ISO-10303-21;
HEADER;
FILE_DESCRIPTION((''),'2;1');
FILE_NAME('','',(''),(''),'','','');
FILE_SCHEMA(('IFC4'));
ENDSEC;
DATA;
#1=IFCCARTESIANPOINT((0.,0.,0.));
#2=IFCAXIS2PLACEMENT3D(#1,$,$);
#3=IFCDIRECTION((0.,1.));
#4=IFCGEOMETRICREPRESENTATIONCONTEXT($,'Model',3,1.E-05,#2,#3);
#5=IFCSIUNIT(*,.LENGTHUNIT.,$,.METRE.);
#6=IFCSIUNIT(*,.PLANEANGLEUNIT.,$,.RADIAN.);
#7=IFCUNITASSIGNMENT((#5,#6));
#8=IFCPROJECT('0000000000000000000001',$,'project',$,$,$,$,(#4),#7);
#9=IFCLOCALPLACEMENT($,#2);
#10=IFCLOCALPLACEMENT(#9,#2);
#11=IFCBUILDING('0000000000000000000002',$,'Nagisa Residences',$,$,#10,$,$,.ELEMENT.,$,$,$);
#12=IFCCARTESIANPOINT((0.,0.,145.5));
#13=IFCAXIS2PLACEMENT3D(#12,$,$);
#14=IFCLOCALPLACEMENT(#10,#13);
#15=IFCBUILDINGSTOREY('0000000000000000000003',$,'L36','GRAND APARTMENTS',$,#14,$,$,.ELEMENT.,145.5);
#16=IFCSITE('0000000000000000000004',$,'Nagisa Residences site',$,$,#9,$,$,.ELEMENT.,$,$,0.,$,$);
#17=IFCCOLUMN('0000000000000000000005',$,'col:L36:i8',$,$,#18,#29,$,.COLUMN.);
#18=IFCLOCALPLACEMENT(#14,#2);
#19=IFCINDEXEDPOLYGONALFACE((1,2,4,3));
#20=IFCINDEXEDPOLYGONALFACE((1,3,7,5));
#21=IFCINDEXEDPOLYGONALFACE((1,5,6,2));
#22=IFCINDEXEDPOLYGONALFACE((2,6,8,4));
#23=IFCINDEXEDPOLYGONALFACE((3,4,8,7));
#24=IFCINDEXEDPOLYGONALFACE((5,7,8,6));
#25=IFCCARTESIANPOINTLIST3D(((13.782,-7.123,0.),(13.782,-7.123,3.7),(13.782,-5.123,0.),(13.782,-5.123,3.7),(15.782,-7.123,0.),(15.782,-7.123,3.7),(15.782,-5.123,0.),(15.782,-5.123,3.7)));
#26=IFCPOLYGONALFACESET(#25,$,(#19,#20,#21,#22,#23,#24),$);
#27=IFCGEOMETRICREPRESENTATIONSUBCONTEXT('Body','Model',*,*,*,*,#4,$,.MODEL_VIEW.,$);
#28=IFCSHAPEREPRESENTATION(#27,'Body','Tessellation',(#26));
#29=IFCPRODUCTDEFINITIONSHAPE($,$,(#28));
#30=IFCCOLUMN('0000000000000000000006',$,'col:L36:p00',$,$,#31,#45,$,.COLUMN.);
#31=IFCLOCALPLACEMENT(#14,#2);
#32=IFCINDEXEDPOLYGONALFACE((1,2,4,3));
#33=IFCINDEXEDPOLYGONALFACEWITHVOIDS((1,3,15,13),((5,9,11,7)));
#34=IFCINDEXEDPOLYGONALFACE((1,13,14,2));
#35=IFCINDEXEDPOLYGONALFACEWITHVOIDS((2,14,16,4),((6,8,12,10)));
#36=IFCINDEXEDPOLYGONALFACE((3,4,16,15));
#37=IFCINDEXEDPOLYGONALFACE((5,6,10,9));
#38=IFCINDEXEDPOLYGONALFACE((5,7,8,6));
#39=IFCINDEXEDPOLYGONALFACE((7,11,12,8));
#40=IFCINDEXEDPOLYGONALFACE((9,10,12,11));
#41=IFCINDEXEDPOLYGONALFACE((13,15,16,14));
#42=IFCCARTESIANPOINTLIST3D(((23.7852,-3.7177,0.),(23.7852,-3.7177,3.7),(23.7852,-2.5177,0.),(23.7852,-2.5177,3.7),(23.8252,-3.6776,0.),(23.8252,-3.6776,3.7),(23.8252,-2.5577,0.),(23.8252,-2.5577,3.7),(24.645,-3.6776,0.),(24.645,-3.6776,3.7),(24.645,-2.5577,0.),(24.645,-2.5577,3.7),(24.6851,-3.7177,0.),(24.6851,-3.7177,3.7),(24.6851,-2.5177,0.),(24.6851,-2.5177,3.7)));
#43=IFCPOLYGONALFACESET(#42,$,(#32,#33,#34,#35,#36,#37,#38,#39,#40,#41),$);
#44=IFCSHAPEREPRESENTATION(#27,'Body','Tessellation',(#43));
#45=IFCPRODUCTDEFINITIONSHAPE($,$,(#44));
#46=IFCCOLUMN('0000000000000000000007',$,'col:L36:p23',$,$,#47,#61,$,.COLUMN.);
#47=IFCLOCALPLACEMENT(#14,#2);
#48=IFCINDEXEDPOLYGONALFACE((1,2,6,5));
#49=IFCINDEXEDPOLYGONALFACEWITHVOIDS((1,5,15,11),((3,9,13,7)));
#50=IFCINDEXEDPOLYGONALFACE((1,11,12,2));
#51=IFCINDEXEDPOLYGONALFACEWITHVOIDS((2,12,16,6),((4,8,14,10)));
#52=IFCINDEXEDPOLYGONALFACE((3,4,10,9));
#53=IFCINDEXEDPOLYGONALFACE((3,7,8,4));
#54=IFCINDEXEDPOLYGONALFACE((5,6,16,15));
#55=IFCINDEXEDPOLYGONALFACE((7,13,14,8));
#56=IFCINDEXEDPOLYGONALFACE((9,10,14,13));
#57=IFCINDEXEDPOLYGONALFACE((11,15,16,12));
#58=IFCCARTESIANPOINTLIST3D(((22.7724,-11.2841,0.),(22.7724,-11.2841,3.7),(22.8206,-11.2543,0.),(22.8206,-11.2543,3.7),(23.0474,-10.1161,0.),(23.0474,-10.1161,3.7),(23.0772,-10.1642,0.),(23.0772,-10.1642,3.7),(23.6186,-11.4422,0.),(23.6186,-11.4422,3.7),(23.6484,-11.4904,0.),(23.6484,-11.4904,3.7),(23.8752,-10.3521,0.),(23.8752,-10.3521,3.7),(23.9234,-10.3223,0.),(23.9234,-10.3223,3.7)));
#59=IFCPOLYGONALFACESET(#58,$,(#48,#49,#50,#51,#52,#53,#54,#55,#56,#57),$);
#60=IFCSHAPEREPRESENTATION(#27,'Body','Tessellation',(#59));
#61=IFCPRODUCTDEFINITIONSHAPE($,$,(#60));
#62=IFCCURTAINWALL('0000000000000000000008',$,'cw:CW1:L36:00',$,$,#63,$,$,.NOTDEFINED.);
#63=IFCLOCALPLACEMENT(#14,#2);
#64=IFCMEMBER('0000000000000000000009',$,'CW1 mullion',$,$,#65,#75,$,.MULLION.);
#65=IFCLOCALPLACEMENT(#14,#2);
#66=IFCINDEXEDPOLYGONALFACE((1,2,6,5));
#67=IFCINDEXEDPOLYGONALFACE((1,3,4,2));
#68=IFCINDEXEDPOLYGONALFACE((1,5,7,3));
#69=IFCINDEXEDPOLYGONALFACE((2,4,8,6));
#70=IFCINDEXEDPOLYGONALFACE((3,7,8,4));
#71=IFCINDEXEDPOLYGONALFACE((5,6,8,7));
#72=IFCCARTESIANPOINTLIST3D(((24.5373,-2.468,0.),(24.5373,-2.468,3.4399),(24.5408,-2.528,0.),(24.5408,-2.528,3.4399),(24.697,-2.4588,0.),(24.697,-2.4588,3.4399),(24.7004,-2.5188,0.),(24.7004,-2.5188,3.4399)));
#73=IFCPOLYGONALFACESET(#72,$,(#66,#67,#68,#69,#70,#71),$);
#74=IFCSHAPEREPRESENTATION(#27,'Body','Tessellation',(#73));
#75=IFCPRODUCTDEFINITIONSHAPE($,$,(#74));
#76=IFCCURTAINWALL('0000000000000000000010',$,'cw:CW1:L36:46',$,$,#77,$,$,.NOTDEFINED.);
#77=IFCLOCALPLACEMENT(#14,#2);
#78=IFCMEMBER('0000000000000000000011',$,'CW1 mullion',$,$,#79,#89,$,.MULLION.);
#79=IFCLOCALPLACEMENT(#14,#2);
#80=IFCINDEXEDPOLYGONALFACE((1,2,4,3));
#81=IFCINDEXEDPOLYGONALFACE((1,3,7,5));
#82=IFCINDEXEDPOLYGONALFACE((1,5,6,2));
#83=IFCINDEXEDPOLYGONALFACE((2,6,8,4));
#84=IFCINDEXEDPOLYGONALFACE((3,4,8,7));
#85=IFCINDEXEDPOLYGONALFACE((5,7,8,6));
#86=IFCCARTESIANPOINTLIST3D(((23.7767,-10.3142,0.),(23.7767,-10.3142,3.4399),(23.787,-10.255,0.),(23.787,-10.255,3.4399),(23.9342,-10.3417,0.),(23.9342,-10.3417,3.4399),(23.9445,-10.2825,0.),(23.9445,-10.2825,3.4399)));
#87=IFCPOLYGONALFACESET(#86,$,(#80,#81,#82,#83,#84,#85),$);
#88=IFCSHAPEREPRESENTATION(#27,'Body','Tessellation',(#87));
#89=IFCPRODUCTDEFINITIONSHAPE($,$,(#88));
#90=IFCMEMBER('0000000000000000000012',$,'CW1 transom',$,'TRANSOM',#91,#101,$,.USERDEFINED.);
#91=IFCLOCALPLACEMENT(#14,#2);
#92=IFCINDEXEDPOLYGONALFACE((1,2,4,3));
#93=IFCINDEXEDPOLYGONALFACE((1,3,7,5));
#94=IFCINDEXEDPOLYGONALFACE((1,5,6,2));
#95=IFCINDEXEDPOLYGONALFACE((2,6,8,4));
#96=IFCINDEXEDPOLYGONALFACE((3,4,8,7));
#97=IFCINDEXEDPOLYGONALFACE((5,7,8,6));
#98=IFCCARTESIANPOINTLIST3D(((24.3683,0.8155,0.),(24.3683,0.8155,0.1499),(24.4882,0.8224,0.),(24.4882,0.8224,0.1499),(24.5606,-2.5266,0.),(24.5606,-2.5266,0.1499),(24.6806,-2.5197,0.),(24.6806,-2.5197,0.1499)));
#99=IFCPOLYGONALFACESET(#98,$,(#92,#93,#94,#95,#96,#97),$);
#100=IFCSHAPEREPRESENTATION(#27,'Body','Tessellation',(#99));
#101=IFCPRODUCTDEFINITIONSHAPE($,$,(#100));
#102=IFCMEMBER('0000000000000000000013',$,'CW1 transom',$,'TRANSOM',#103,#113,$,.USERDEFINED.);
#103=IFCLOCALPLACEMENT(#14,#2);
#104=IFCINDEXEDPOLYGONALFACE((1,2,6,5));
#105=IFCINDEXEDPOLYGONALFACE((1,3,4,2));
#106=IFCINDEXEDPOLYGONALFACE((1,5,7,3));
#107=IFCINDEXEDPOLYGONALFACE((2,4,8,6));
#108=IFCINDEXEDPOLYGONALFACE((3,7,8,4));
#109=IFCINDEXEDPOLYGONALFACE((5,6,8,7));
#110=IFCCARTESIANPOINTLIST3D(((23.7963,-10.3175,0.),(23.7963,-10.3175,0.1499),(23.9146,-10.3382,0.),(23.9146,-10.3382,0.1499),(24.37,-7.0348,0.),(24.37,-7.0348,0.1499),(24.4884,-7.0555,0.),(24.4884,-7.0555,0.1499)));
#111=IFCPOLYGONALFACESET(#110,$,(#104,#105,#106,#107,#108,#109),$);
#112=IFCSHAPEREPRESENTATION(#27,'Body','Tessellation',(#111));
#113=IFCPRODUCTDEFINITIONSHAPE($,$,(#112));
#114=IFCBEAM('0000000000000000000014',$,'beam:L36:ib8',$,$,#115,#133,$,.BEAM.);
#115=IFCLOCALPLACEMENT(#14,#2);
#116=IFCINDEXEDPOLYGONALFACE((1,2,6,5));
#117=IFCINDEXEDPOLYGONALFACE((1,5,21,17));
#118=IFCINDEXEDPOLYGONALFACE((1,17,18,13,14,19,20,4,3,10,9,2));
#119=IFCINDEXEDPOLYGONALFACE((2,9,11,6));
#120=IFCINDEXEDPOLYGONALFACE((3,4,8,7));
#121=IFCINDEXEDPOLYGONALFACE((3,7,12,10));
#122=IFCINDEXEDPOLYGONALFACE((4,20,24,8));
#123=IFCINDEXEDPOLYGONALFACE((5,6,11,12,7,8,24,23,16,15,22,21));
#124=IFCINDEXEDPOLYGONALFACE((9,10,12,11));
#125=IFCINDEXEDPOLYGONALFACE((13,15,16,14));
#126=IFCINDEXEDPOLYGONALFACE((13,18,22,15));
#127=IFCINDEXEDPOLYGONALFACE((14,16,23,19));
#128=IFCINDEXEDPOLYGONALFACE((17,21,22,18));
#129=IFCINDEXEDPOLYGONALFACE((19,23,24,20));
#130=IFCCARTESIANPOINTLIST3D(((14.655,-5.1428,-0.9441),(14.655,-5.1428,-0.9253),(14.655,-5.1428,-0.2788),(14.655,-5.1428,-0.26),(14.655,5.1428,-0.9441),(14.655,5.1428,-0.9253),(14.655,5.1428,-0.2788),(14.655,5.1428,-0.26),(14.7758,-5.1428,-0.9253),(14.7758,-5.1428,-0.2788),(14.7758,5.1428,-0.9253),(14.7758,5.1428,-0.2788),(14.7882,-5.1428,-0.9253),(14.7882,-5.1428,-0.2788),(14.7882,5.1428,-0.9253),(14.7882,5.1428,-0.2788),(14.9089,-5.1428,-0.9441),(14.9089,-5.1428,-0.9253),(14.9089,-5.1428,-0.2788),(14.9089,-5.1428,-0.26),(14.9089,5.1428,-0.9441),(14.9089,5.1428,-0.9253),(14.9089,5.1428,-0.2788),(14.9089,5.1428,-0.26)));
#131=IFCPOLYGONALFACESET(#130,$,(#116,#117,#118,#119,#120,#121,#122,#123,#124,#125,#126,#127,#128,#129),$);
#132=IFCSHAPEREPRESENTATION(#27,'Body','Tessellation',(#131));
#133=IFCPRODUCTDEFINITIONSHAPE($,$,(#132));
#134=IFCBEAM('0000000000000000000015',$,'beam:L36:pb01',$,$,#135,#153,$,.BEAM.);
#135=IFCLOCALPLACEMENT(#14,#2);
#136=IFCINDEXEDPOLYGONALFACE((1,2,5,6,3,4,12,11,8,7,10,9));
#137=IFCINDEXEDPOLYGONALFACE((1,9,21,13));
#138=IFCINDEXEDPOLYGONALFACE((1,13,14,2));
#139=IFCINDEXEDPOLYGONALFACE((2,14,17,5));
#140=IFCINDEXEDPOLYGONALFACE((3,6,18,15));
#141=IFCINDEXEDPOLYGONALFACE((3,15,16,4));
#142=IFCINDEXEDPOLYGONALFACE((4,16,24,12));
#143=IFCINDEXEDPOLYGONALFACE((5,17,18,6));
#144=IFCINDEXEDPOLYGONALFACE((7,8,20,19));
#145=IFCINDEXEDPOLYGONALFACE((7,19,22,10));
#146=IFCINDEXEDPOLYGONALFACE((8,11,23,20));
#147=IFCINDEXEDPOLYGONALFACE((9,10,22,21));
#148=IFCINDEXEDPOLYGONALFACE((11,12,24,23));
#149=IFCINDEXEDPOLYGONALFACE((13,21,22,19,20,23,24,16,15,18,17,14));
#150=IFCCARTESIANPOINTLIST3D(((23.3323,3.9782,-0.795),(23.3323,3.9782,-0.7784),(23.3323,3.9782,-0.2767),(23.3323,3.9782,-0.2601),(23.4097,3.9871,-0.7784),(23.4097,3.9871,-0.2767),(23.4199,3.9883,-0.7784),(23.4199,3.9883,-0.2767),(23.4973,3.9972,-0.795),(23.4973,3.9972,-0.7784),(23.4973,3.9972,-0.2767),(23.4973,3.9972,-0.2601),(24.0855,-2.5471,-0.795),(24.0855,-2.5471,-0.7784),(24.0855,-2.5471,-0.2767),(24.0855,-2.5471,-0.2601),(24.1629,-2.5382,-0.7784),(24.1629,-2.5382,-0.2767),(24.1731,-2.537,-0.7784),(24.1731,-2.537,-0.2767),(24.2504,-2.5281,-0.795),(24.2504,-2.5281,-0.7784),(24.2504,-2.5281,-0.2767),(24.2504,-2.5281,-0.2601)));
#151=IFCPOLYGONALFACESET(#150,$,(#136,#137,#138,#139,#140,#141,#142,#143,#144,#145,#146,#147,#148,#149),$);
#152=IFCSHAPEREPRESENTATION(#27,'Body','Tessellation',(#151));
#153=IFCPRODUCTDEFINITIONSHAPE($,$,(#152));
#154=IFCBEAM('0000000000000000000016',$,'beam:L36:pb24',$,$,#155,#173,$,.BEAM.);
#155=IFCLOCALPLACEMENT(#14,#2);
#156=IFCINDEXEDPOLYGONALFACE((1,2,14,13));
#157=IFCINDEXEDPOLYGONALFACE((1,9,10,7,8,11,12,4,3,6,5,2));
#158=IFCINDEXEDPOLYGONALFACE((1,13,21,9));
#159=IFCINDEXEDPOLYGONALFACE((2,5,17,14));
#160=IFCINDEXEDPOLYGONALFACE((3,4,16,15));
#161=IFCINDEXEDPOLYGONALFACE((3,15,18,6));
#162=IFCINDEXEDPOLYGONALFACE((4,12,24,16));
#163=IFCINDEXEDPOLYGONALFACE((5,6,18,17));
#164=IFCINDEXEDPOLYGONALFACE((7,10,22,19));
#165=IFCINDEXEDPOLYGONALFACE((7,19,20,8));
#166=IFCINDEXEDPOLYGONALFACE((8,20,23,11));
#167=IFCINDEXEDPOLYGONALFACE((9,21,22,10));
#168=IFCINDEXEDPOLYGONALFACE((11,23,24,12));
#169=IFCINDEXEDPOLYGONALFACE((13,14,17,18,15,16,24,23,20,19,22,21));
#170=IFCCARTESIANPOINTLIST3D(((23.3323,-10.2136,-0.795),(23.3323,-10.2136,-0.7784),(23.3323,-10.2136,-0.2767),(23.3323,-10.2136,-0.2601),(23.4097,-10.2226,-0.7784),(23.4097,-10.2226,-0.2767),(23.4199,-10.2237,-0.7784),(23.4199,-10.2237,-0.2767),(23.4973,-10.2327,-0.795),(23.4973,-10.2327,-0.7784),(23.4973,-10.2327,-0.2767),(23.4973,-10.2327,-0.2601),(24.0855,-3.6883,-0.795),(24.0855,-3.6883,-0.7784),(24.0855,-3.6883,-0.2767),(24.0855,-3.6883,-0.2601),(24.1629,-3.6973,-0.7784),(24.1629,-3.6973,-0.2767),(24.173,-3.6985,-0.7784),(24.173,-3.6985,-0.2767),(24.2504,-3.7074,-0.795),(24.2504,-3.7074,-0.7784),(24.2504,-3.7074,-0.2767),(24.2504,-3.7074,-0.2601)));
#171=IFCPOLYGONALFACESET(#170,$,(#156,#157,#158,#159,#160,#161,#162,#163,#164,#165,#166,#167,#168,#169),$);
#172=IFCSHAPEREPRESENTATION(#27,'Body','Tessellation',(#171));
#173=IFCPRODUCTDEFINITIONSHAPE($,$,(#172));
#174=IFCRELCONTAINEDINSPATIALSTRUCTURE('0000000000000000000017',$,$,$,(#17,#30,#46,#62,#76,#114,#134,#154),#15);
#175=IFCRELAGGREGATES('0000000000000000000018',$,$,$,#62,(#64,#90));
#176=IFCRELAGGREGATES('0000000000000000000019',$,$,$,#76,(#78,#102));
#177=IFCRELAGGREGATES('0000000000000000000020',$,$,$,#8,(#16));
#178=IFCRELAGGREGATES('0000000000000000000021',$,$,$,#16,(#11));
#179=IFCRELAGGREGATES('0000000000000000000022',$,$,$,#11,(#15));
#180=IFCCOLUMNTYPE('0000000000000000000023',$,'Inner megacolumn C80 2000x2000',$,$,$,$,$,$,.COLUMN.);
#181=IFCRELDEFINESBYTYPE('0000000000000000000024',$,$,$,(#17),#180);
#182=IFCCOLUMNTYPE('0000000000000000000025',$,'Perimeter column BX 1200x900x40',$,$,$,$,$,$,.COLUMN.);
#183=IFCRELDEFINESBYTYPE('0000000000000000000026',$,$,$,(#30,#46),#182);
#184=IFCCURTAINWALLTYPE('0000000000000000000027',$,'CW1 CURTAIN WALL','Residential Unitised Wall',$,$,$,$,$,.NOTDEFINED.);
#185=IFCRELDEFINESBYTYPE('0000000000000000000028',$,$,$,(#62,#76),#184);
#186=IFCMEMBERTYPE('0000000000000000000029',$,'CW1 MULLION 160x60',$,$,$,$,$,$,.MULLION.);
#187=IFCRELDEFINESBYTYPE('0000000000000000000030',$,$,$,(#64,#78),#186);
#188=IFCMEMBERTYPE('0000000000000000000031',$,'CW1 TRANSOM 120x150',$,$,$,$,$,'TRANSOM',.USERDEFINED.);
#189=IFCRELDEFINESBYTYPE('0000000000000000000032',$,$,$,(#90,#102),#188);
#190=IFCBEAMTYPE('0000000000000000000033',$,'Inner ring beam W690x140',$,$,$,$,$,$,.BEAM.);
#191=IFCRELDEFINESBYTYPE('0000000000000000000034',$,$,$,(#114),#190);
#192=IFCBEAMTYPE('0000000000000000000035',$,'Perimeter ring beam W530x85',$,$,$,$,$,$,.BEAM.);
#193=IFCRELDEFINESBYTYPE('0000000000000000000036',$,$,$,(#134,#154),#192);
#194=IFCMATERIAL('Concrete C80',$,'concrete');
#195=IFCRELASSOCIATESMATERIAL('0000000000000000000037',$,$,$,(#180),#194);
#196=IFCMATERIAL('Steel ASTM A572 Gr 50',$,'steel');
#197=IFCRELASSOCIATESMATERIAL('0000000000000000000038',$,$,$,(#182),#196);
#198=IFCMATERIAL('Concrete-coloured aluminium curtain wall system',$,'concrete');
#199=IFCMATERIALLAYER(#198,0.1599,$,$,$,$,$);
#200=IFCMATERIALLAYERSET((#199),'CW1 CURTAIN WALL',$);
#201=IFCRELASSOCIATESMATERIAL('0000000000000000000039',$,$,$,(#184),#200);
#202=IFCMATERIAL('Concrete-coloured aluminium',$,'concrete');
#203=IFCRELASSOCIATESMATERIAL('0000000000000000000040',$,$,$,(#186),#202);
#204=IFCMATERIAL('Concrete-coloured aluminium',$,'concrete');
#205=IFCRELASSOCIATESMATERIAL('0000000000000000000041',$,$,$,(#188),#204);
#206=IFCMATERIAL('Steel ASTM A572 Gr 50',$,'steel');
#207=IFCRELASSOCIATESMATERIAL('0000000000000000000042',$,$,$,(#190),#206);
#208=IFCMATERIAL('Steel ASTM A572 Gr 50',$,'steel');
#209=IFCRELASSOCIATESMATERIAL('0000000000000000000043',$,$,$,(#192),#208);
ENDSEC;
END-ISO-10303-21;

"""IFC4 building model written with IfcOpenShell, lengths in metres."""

from ifc_helpers import new_model, si_unit, direction, frame, origin, origin_2d, place, context, subcontext, project, spatial, rectangle, hollow_rectangle, i_section, extrude, material, layer, layer_set, material_profile, profile_set, type_object, element, aggregate, save


model = new_model("IFC4")

# Units and contexts
model_context = context("Model", 3, precision=1e-05, world=origin(), true_north=direction((0.0, 1.0)))
body_context = subcontext(model_context, "Body", "Model", "MODEL_VIEW")
ifc_project = project(units=[si_unit("LENGTHUNIT", "METRE"), si_unit("PLANEANGLEUNIT", "RADIAN")], contexts=[model_context])

# Site, building, storey
site_placement = place(None, origin())
site = spatial("IfcSite", under=ifc_project, at=site_placement, Name="Nagisa Residences site", CompositionType="ELEMENT", RefElevation=0.0)
building_placement = place(site_placement, origin())
building = spatial("IfcBuilding", under=site, at=building_placement, Name="Nagisa Residences", CompositionType="ELEMENT")
storey_placement = place(building_placement, frame((0.0, 0.0, 145.5)))
storey = spatial("IfcBuildingStorey", under=building, at=storey_placement, Name="L36", Description="GRAND APARTMENTS", CompositionType="ELEMENT", Elevation=145.5)

# Columns
ifc_material_1 = material(Name="Concrete C80", Category="concrete")
ifc_material_profile_1 = material_profile(ifc_material_1, rectangle(XDim=2.0, YDim=2.0, at=origin_2d()), Name="C80 2000x2000")
ifc_profile_set_1 = profile_set([ifc_material_profile_1], Name="Concrete C80")
column_type_1 = type_object("IfcColumnType", Name="Inner megacolumn C80 2000x2000", PredefinedType="COLUMN", material=ifc_profile_set_1)
column_placement = place(storey_placement, frame((14.782, -6.123, 0.0), z_axis=(0.0, 0.0, 1.0), x_axis=(1.0, 0.0, 0.0)))
element("IfcColumn", 1, at=column_placement, inside=storey, type_object=column_type_1, Name="col:L36:i8", PredefinedType="COLUMN", context=body_context, shape_type="SweptSolid", body=[
    extrude(rectangle(XDim=2.0, YDim=2.0, at=origin_2d()), origin(), (0.0, 0.0, 1.0), 3.7),
])
ifc_material_2 = material(Name="Steel ASTM A572 Gr 50", Category="steel")
ifc_material_profile_2 = material_profile(ifc_material_2, hollow_rectangle(XDim=1.2, YDim=0.8999, WallThickness=0.04, at=origin_2d()), Name="BX 1200x900x40")
ifc_profile_set_2 = profile_set([ifc_material_profile_2], Name="Steel ASTM A572 Gr 50")
column_type_2 = type_object("IfcColumnType", Name="Perimeter column BX 1200x900x40", PredefinedType="COLUMN", material=ifc_profile_set_2)
for number, where, z_axis, x_axis, name in (
    (2, (24.2351, -3.1177, 0.0), (0.0, 0.0, 1.0), (0.0, 1.0, 0.0), "col:L36:p00"),
    (3, (23.3479, -10.8032, 0.0), (0.0, 0.0, 1.0), (0.229202, 0.973379, 0.0), "col:L36:p23"),
):
    element("IfcColumn", number, at=place(storey_placement, frame(where, z_axis=z_axis, x_axis=x_axis)), inside=storey, type_object=column_type_2, Name=name, PredefinedType="COLUMN", context=body_context, shape_type="SweptSolid", body=[
        extrude(hollow_rectangle(XDim=1.2, YDim=0.8999, WallThickness=0.04, at=origin_2d()), origin(), (0.0, 0.0, 1.0), 3.7),
    ])

# Curtain walls, members
ifc_material_3 = material(Name="Concrete-coloured aluminium curtain wall system", Category="concrete")
ifc_layer_1 = layer(ifc_material_3, 0.1599)
ifc_layer_set_1 = layer_set([ifc_layer_1], Name="CW1 CURTAIN WALL")
curtain_wall_type = type_object("IfcCurtainWallType", Name="CW1 CURTAIN WALL", Description="Residential Unitised Wall", PredefinedType="NOTDEFINED", material=ifc_layer_set_1)
curtain_wall_1_placement = place(storey_placement, origin())
curtain_wall_1 = element("IfcCurtainWall", 4, at=curtain_wall_1_placement, inside=storey, type_object=curtain_wall_type, Name="cw:CW1:L36:00", PredefinedType="NOTDEFINED")
ifc_material_4 = material(Name="Concrete-coloured aluminium", Category="concrete")
ifc_material_profile_3 = material_profile(ifc_material_4, rectangle(XDim=0.1599, YDim=0.0601, at=origin_2d()), Name="CW1 MULLION 160x60")
ifc_profile_set_3 = profile_set([ifc_material_profile_3], Name="Concrete-coloured aluminium")
member_type_1 = type_object("IfcMemberType", Name="CW1 MULLION 160x60", PredefinedType="MULLION", material=ifc_profile_set_3)
member_1_placement = place(storey_placement, frame((24.6189, -2.4934, 0.0), z_axis=(0.0, 0.0, 1.0), x_axis=(-0.998345, -0.057503, 0.0)))
member_1 = element("IfcMember", 5, at=member_1_placement, type_object=member_type_1, Name="CW1 mullion", PredefinedType="MULLION", context=body_context, shape_type="SweptSolid", body=[
    extrude(rectangle(XDim=0.1599, YDim=0.0601, at=origin_2d()), origin(), (0.0, 0.0, 1.0), 3.4399),
])
curtain_wall_2_placement = place(storey_placement, origin())
curtain_wall_2 = element("IfcCurtainWall", 6, at=curtain_wall_2_placement, inside=storey, type_object=curtain_wall_type, Name="cw:CW1:L36:46", PredefinedType="NOTDEFINED")
member_2_placement = place(storey_placement, frame((23.8606, -10.2983, 0.0), z_axis=(0.0, 0.0, 1.0), x_axis=(-0.985064, 0.172191, 0.0)))
member_2 = element("IfcMember", 7, at=member_2_placement, type_object=member_type_1, Name="CW1 mullion", PredefinedType="MULLION", context=body_context, shape_type="SweptSolid", body=[
    extrude(rectangle(XDim=0.1599, YDim=0.0601, at=origin_2d()), origin(), (0.0, 0.0, 1.0), 3.4399),
])

# Members
ifc_material_5 = material(Name="Concrete-coloured aluminium", Category="concrete")
ifc_material_profile_4 = material_profile(ifc_material_5, rectangle(XDim=0.1201, YDim=0.1499, at=origin_2d()), Name="CW1 TRANSOM 120x150")
ifc_profile_set_4 = profile_set([ifc_material_profile_4], Name="Concrete-coloured aluminium")
member_type_2 = type_object("IfcMemberType", Name="CW1 TRANSOM 120x150", ElementType="TRANSOM", PredefinedType="USERDEFINED", material=ifc_profile_set_4)
member_3_placement = place(storey_placement, frame((24.6206, -2.5232, 0.075), z_axis=(-0.057469, 0.998347, 0.0), x_axis=(-0.998347, -0.057469, 0.0)))
member_3 = element("IfcMember", 8, at=member_3_placement, type_object=member_type_2, Name="CW1 transom", ObjectType="TRANSOM", PredefinedType="USERDEFINED", context=body_context, shape_type="SweptSolid", body=[
    extrude(rectangle(XDim=0.1201, YDim=0.1499, at=origin_2d()), origin(), (0.0, 0.0, 1.0), 3.3477),
])
member_4_placement = place(storey_placement, frame((23.8555, -10.3279, 0.075), z_axis=(0.172164, 0.985068, 0.0), x_axis=(-0.985068, 0.172164, 0.0)))
member_4 = element("IfcMember", 9, at=member_4_placement, type_object=member_type_2, Name="CW1 transom", ObjectType="TRANSOM", PredefinedType="USERDEFINED", context=body_context, shape_type="SweptSolid", body=[
    extrude(rectangle(XDim=0.1201, YDim=0.1499, at=origin_2d()), origin(), (0.0, 0.0, 1.0), 3.3325),
])

# Beams
ifc_material_6 = material(Name="Steel ASTM A572 Gr 50", Category="steel")
ifc_material_profile_5 = material_profile(ifc_material_6, i_section(OverallWidth=0.2539, OverallDepth=0.6841, WebThickness=0.0125, FlangeThickness=0.0188, at=origin_2d()), Name="W690x140")
ifc_profile_set_5 = profile_set([ifc_material_profile_5], Name="Steel ASTM A572 Gr 50")
beam_type_1 = type_object("IfcBeamType", Name="Inner ring beam W690x140", PredefinedType="BEAM", material=ifc_profile_set_5)
beam_1_placement = place(storey_placement, frame((14.782, -5.1428, -0.6021), z_axis=(0.0, 1.0, 0.0), x_axis=(-1.0, 0.0, 0.0)))
element("IfcBeam", 10, at=beam_1_placement, inside=storey, type_object=beam_type_1, Name="beam:L36:ib8", PredefinedType="BEAM", context=body_context, shape_type="SweptSolid", body=[
    extrude(i_section(OverallWidth=0.2539, OverallDepth=0.6841, WebThickness=0.0125, FlangeThickness=0.0188, at=origin_2d()), origin(), (0.0, 0.0, 1.0), 10.2856),
])
ifc_material_7 = material(Name="Steel ASTM A572 Gr 50", Category="steel")
ifc_material_profile_6 = material_profile(ifc_material_7, i_section(OverallWidth=0.166, OverallDepth=0.5349, WebThickness=0.0103, FlangeThickness=0.0166, at=origin_2d()), Name="W530x85")
ifc_profile_set_6 = profile_set([ifc_material_profile_6], Name="Steel ASTM A572 Gr 50")
beam_type_2 = type_object("IfcBeamType", Name="Perimeter ring beam W530x85", PredefinedType="BEAM", material=ifc_profile_set_6)
for number, where, z_axis, x_axis, name in (
    (11, (24.168, -2.5376, -0.5276), (-0.114661, 0.993405, 0.0), (-0.993405, -0.114661, 0.0), "beam:L36:pb01"),
    (12, (23.4148, -10.2231, -0.5276), (0.114661, 0.993405, 0.0), (-0.993405, 0.114661, 0.0), "beam:L36:pb24"),
):
    element("IfcBeam", number, at=place(storey_placement, frame(where, z_axis=z_axis, x_axis=x_axis)), inside=storey, type_object=beam_type_2, Name=name, PredefinedType="BEAM", context=body_context, shape_type="SweptSolid", body=[
        extrude(i_section(OverallWidth=0.166, OverallDepth=0.5349, WebThickness=0.0103, FlangeThickness=0.0166, at=origin_2d()), origin(), (0.0, 0.0, 1.0), 6.5686),
    ])

aggregate(curtain_wall_1, [member_1, member_3])

aggregate(curtain_wall_2, [member_2, member_4])

save(model, "model.ifc")
